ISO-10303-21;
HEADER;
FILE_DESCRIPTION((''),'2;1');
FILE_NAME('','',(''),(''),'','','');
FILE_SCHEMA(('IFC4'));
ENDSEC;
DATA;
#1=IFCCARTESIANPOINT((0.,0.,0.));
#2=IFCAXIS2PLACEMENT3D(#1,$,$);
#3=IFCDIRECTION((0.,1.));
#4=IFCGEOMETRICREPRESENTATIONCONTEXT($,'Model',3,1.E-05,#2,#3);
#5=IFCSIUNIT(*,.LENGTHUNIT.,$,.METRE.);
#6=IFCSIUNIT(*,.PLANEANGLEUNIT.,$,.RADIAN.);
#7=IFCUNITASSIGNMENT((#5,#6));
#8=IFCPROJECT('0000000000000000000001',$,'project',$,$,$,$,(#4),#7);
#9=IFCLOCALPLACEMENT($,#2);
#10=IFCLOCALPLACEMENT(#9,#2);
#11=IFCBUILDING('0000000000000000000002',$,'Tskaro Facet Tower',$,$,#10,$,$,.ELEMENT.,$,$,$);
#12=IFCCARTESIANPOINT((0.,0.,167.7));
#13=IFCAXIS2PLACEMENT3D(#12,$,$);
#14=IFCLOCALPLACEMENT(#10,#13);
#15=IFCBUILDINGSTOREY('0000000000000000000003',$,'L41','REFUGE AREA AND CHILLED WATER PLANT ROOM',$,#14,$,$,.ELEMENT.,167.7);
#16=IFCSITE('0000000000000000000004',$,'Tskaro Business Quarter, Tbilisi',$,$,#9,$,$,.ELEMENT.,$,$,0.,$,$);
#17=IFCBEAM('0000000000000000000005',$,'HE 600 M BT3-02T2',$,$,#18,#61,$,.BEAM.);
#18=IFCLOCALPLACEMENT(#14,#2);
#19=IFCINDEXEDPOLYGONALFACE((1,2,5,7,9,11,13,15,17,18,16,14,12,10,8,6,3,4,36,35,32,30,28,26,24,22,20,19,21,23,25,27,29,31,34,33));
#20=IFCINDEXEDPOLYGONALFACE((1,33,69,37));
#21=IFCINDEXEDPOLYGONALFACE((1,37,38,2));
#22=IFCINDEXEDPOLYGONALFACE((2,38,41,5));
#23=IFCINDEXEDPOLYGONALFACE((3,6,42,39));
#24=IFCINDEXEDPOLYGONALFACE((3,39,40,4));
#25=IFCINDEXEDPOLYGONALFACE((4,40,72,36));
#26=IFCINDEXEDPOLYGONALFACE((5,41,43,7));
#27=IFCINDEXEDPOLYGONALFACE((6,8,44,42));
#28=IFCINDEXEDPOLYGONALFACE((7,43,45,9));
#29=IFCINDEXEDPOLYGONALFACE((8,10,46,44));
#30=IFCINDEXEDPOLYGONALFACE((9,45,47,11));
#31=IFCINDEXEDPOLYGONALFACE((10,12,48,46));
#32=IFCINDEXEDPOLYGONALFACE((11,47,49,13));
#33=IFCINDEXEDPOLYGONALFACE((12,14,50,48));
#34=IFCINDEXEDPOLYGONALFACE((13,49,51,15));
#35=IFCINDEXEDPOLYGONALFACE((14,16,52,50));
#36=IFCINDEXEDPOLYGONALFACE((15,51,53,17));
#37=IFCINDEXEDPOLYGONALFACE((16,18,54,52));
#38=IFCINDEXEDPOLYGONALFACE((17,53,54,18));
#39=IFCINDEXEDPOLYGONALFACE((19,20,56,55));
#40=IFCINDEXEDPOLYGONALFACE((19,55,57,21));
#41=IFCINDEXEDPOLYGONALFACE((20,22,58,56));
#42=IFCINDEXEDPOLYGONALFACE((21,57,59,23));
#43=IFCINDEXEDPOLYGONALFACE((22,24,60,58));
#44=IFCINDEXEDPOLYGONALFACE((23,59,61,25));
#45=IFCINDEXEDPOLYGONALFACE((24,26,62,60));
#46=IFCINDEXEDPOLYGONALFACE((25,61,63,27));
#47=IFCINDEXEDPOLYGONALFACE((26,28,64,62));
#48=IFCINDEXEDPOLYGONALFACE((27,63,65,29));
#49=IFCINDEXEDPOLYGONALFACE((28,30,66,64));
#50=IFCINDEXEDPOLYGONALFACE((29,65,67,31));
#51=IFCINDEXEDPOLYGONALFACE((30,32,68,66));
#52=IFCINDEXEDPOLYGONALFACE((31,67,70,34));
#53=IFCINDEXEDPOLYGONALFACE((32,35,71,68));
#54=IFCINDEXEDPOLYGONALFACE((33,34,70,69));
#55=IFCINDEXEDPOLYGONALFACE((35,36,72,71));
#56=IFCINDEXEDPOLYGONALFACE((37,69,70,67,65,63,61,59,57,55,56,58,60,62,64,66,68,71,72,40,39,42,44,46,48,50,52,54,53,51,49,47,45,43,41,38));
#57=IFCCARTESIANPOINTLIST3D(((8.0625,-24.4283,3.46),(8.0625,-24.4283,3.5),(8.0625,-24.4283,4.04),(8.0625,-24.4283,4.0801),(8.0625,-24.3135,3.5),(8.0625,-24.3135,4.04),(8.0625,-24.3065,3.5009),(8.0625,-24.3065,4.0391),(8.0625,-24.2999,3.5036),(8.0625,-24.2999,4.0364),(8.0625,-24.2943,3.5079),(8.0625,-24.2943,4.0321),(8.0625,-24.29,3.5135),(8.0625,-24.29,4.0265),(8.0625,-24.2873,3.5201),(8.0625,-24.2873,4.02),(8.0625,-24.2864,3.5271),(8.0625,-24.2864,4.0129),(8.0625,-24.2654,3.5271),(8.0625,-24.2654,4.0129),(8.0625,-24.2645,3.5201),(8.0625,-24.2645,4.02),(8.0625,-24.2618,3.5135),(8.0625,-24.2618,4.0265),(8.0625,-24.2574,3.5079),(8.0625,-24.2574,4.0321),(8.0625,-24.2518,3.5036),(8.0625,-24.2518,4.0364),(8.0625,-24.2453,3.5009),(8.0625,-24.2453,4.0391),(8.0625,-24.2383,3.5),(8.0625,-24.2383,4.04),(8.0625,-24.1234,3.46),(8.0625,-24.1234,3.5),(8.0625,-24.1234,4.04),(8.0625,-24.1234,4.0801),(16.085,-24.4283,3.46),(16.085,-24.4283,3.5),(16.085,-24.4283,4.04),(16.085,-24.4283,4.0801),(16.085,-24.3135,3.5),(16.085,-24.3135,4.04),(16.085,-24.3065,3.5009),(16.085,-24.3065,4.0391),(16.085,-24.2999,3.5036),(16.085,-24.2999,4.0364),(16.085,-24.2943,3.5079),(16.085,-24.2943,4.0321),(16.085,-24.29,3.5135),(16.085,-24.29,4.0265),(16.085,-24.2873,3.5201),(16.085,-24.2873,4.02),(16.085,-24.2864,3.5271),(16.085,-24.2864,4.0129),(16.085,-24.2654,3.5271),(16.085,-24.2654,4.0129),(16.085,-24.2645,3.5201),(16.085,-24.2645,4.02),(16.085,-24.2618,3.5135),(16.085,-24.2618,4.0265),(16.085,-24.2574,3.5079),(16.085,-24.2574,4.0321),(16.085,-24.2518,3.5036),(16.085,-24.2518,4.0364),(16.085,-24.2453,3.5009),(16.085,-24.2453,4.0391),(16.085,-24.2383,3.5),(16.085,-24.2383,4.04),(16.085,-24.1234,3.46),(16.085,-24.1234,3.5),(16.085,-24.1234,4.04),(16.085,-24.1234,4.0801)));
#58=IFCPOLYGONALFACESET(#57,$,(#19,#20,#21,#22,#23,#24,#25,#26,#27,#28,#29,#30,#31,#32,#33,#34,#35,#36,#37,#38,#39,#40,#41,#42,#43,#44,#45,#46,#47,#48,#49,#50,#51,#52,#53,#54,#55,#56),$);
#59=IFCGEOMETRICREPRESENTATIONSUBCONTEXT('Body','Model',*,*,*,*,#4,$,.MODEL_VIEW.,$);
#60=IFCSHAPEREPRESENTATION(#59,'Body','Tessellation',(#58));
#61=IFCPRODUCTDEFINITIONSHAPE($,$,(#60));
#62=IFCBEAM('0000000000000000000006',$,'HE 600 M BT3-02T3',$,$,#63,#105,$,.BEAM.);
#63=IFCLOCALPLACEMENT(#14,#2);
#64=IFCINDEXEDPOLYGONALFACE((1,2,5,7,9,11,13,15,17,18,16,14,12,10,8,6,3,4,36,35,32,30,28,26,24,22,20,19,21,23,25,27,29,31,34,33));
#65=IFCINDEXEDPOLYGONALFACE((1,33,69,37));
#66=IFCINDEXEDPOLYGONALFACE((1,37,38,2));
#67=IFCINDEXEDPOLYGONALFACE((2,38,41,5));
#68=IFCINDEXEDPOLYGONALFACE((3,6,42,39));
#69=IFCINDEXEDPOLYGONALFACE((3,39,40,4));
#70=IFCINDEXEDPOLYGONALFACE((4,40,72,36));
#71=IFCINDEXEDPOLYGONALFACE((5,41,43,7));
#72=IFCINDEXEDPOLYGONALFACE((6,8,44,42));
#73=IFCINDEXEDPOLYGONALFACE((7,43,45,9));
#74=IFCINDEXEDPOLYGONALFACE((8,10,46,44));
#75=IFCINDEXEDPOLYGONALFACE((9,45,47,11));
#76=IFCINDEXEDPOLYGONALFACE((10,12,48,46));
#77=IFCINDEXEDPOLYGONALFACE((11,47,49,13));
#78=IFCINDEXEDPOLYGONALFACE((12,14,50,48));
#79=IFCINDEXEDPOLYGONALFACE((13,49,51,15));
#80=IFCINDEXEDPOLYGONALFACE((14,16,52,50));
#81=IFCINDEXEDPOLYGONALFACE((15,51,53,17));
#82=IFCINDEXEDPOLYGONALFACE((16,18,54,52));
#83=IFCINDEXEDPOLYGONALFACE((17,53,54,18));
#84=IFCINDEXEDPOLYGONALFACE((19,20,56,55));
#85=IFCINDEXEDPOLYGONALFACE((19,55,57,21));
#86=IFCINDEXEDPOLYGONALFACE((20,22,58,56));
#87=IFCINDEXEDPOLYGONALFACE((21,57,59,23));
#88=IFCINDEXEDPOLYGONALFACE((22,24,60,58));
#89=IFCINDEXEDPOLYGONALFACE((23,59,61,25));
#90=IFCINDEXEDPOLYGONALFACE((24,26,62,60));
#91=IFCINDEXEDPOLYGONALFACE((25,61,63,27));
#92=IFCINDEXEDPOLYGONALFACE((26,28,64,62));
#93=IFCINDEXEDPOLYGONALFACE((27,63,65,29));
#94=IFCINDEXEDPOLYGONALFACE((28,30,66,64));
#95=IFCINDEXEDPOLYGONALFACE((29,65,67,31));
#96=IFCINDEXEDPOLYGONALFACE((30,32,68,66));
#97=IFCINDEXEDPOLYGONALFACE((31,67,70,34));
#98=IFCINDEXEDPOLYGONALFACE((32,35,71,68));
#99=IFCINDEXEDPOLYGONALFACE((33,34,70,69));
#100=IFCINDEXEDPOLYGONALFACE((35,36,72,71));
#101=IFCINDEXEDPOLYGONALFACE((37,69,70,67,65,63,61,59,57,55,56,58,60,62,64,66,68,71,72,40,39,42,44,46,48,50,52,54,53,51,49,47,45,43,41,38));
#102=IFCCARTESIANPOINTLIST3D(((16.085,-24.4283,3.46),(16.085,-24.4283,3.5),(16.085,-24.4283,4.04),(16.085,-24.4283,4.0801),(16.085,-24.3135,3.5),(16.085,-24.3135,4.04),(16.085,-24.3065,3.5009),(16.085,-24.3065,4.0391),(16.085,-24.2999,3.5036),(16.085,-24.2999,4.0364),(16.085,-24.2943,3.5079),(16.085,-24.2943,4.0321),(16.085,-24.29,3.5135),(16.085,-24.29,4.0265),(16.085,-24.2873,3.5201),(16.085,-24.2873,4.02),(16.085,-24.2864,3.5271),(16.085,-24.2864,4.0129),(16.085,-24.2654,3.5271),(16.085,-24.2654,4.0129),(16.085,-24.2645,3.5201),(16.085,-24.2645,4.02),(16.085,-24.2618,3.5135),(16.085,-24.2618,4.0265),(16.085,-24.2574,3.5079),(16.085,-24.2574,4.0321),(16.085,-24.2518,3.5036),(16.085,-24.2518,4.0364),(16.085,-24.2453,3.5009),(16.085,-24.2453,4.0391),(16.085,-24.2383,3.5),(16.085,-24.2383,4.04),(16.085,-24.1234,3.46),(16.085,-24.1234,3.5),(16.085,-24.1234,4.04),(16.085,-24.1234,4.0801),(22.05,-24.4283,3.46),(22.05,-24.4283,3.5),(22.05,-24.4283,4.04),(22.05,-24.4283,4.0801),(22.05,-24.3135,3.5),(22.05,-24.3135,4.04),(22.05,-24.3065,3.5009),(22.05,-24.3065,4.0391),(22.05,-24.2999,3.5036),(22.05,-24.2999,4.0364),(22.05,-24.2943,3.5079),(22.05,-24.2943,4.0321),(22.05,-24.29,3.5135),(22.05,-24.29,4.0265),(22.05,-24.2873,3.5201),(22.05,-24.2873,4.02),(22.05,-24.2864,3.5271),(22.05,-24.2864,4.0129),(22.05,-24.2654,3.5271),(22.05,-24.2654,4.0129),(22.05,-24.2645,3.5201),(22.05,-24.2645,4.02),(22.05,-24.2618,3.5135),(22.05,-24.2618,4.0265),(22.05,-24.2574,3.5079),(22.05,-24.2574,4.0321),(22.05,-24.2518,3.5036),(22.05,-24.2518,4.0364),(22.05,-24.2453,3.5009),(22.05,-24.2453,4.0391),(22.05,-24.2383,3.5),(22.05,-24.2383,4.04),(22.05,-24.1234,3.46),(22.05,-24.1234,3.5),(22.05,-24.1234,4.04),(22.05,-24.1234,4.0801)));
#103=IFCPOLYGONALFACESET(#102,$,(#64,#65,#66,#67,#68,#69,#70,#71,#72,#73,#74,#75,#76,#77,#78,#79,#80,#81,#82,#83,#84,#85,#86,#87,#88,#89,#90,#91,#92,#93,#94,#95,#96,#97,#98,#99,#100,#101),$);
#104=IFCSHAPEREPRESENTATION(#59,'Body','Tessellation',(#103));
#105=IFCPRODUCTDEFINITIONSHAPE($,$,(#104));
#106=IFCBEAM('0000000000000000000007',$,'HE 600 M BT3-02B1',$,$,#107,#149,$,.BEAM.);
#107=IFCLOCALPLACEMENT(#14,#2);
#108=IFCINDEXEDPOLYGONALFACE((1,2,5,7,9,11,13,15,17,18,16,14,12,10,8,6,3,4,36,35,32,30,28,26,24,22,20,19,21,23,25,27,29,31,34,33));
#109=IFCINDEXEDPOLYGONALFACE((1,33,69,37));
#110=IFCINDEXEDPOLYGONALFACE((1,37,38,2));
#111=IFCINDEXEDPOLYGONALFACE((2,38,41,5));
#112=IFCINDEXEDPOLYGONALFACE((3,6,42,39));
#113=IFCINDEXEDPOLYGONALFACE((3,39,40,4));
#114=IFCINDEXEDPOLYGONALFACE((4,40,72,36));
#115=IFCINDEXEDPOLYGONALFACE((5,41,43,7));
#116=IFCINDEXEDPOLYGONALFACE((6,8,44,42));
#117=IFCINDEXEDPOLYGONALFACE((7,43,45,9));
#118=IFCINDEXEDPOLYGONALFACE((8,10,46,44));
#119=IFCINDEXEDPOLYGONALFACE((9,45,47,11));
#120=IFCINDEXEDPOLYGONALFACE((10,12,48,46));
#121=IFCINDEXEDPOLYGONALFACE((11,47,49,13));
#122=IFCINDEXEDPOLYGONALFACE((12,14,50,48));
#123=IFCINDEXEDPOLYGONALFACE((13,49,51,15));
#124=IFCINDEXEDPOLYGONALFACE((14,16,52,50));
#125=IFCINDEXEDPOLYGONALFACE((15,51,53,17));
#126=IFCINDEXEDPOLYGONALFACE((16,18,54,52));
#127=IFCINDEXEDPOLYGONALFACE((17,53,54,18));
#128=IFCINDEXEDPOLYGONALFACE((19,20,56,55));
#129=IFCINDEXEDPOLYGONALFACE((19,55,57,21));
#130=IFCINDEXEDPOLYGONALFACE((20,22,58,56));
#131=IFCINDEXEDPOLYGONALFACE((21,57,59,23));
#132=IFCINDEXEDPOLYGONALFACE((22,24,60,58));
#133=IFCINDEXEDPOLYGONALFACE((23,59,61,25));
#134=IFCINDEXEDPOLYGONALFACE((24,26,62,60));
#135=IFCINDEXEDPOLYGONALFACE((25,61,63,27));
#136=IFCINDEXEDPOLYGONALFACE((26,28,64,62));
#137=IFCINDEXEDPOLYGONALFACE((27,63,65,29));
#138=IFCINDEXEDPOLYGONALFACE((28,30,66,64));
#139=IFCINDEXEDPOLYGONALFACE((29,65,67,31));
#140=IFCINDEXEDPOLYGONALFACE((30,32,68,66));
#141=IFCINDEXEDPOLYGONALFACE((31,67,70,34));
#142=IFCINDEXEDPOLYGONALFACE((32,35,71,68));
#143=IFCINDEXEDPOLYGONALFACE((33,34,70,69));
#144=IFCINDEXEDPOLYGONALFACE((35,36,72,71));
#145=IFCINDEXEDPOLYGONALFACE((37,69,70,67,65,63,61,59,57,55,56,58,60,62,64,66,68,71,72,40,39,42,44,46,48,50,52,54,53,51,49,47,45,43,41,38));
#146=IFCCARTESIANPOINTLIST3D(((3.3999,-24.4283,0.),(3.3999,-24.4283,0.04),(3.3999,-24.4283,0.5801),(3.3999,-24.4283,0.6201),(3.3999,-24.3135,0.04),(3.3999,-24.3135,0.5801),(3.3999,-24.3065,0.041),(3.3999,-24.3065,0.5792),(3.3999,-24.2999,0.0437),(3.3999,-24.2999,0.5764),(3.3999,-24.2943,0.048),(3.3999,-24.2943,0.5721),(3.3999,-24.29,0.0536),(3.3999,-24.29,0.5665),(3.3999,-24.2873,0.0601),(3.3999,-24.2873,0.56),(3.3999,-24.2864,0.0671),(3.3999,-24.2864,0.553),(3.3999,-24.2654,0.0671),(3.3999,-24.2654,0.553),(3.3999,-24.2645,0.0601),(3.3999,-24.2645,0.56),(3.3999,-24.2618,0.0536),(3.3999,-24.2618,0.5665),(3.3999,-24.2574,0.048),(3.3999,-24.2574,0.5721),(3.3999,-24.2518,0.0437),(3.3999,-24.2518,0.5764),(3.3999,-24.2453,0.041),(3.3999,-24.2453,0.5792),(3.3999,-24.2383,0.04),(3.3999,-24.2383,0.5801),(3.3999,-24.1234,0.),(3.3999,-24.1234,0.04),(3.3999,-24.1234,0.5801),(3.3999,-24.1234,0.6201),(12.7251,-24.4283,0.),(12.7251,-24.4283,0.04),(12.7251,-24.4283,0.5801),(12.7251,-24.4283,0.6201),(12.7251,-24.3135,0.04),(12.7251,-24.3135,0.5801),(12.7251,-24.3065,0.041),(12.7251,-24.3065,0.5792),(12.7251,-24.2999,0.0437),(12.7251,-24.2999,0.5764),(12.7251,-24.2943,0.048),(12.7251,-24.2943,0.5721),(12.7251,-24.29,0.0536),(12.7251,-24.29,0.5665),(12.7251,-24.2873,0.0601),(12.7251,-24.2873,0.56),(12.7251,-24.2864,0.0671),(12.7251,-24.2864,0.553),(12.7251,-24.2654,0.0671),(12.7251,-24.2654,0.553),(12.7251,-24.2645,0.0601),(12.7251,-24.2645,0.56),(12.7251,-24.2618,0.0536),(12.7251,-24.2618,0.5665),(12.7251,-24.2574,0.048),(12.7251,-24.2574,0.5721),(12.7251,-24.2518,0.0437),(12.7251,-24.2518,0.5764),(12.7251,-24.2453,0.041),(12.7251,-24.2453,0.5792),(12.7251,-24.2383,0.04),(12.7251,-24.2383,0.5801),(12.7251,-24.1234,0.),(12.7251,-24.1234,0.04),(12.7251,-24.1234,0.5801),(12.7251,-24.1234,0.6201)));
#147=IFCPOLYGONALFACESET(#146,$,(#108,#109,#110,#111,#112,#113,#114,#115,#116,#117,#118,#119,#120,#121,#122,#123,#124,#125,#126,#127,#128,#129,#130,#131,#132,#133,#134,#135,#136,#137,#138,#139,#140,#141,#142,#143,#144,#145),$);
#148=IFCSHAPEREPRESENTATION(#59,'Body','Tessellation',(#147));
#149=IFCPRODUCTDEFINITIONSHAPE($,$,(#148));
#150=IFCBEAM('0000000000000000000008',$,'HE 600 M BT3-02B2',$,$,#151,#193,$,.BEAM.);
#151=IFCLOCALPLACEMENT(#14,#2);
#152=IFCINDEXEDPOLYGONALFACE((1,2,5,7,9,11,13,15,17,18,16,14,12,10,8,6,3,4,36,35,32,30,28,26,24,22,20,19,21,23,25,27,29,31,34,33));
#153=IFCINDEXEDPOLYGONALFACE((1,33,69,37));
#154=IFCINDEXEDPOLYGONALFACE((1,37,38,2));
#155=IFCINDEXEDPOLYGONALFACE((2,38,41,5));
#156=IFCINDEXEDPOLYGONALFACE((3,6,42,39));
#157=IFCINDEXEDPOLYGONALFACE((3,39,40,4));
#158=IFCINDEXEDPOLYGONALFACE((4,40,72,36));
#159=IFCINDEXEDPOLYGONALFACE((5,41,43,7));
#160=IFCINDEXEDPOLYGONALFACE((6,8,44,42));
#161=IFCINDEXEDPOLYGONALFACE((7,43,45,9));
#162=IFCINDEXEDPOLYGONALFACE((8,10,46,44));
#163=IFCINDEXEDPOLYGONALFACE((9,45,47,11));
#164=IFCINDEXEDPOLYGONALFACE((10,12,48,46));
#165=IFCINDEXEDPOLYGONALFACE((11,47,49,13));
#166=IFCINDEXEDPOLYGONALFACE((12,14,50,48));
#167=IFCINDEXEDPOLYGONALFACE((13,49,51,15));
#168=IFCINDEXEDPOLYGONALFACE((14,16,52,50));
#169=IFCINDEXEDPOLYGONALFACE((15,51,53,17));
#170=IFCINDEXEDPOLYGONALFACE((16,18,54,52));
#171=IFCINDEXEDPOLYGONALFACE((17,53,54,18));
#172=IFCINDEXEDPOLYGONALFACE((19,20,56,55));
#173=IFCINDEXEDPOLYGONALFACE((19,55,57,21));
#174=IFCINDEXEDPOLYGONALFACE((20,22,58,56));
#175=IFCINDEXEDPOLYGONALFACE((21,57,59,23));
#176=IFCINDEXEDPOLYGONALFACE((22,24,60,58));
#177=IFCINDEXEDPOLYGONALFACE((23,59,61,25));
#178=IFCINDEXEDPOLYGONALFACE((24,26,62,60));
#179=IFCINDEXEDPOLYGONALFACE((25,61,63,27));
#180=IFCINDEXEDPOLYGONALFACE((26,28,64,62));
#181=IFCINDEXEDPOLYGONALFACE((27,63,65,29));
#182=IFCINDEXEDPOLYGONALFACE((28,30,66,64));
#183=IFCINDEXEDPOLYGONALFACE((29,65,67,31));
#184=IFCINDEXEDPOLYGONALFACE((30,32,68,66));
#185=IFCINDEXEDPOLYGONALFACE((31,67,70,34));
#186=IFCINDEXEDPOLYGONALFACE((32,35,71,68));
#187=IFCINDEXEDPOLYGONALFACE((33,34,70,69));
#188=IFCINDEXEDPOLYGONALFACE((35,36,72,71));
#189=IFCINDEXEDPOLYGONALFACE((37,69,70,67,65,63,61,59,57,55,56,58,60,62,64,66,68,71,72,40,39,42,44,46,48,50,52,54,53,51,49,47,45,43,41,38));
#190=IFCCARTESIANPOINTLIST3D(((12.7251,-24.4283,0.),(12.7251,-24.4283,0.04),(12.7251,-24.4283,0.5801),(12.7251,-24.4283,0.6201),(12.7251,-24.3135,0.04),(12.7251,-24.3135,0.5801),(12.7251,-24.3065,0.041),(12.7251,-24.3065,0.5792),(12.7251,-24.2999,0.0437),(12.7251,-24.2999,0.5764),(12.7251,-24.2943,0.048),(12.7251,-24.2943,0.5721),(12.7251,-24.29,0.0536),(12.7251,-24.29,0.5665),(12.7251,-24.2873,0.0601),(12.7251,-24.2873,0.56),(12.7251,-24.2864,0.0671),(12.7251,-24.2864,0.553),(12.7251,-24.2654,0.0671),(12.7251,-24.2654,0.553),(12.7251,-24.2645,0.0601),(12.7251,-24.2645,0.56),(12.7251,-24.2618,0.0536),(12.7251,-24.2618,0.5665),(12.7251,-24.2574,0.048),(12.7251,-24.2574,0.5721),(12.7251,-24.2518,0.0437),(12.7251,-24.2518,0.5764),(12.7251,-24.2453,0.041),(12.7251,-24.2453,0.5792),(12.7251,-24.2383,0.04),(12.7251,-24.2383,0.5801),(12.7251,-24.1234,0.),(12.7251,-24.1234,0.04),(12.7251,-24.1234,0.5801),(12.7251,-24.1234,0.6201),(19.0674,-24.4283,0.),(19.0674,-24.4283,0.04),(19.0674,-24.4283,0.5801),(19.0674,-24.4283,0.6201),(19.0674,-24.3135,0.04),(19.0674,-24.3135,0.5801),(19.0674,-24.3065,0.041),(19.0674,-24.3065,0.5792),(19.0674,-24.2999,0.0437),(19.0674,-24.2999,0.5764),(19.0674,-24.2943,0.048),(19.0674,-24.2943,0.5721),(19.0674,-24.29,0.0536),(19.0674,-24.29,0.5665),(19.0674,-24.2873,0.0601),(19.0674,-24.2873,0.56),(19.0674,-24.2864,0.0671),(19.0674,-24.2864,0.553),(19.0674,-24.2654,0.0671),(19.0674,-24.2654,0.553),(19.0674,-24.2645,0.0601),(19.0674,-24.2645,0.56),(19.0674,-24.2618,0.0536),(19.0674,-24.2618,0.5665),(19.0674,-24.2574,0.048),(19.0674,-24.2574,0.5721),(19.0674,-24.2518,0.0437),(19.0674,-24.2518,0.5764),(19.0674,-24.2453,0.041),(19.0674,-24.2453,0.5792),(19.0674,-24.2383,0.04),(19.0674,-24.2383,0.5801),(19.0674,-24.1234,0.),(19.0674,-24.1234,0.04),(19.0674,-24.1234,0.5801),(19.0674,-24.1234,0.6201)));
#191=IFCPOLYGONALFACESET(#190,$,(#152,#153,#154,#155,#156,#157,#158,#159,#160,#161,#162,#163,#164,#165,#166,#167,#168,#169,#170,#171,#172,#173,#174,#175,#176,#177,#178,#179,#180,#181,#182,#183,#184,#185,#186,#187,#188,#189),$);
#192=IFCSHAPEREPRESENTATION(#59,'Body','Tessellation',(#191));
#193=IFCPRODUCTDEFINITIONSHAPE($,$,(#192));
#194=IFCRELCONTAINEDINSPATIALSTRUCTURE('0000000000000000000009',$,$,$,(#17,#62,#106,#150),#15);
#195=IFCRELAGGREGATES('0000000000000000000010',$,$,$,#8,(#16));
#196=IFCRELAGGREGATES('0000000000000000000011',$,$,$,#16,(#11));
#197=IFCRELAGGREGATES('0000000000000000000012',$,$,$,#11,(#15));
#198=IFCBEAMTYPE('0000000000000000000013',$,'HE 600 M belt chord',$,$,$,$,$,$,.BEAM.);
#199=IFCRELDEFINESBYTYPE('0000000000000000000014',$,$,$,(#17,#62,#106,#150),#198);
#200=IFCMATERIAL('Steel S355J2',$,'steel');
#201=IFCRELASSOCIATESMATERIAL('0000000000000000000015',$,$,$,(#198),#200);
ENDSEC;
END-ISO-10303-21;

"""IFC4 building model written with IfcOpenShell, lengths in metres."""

from ifc_helpers import new_model, si_unit, direction, frame, origin, origin_2d, place, context, subcontext, project, spatial, i_section, extrude, material, material_profile, profile_set, type_object, element, save


model = new_model("IFC4")

# Units and contexts
model_context = context("Model", 3, precision=1e-05, world=origin(), true_north=direction((0.0, 1.0)))
body_context = subcontext(model_context, "Body", "Model", "MODEL_VIEW")
ifc_project = project(units=[si_unit("LENGTHUNIT", "METRE"), si_unit("PLANEANGLEUNIT", "RADIAN")], contexts=[model_context])

# Site, building, storey
site_placement = place(None, origin())
site = spatial("IfcSite", under=ifc_project, at=site_placement, Name="Tskaro Business Quarter, Tbilisi", CompositionType="ELEMENT", RefElevation=0.0)
building_placement = place(site_placement, origin())
building = spatial("IfcBuilding", under=site, at=building_placement, Name="Tskaro Facet Tower", CompositionType="ELEMENT")
storey_placement = place(building_placement, frame((0.0, 0.0, 167.7)))
storey = spatial("IfcBuildingStorey", under=building, at=storey_placement, Name="L41", Description="REFUGE AREA AND CHILLED WATER PLANT ROOM", CompositionType="ELEMENT", Elevation=167.7)

# Shared definitions
ifc_material_1 = material(Name="Steel S355J2", Category="steel")

# Beams
ifc_material_profile_1 = material_profile(ifc_material_1, i_section(OverallWidth=0.3049, OverallDepth=0.6201, WebThickness=0.021, FlangeThickness=0.04, FilletRadius=0.0271, at=origin_2d()), Name="HE 600 M")
ifc_profile_set_1 = profile_set([ifc_material_profile_1], Name="Steel S355J2")
beam_type_1 = type_object("IfcBeamType", Name="HE 600 M belt chord", PredefinedType="BEAM", material=ifc_profile_set_1)
beam_1_placement = place(storey_placement, frame((8.0625, -24.2759, 3.77), z_axis=(1.0, 0.0, 0.0), x_axis=(0.0, 1.0, 0.0)))
element("IfcBeam", 1, at=beam_1_placement, inside=storey, type_object=beam_type_1, Name="HE 600 M BT3-02T2", PredefinedType="BEAM", context=body_context, shape_type="SweptSolid", body=[
    extrude(i_section(OverallWidth=0.3049, OverallDepth=0.6201, WebThickness=0.021, FlangeThickness=0.04, FilletRadius=0.0271, at=origin_2d()), origin(), (0.0, 0.0, 1.0), 8.0225),
])
beam_2_placement = place(storey_placement, frame((16.085, -24.2759, 3.77), z_axis=(1.0, 0.0, 0.0), x_axis=(0.0, 1.0, 0.0)))
element("IfcBeam", 2, at=beam_2_placement, inside=storey, type_object=beam_type_1, Name="HE 600 M BT3-02T3", PredefinedType="BEAM", context=body_context, shape_type="SweptSolid", body=[
    extrude(i_section(OverallWidth=0.3049, OverallDepth=0.6201, WebThickness=0.021, FlangeThickness=0.04, FilletRadius=0.0271, at=origin_2d()), origin(), (0.0, 0.0, 1.0), 5.9651),
])
beam_3_placement = place(storey_placement, frame((3.3999, -24.2759, 0.3101), z_axis=(1.0, 0.0, 0.0), x_axis=(0.0, 1.0, 0.0)))
element("IfcBeam", 3, at=beam_3_placement, inside=storey, type_object=beam_type_1, Name="HE 600 M BT3-02B1", PredefinedType="BEAM", context=body_context, shape_type="SweptSolid", body=[
    extrude(i_section(OverallWidth=0.3049, OverallDepth=0.6201, WebThickness=0.021, FlangeThickness=0.04, FilletRadius=0.0271, at=origin_2d()), origin(), (0.0, 0.0, 1.0), 9.3252),
])
beam_4_placement = place(storey_placement, frame((12.7251, -24.2759, 0.3101), z_axis=(1.0, 0.0, 0.0), x_axis=(0.0, 1.0, 0.0)))
element("IfcBeam", 4, at=beam_4_placement, inside=storey, type_object=beam_type_1, Name="HE 600 M BT3-02B2", PredefinedType="BEAM", context=body_context, shape_type="SweptSolid", body=[
    extrude(i_section(OverallWidth=0.3049, OverallDepth=0.6201, WebThickness=0.021, FlangeThickness=0.04, FilletRadius=0.0271, at=origin_2d()), origin(), (0.0, 0.0, 1.0), 6.3423),
])

save(model, "model.ifc")
